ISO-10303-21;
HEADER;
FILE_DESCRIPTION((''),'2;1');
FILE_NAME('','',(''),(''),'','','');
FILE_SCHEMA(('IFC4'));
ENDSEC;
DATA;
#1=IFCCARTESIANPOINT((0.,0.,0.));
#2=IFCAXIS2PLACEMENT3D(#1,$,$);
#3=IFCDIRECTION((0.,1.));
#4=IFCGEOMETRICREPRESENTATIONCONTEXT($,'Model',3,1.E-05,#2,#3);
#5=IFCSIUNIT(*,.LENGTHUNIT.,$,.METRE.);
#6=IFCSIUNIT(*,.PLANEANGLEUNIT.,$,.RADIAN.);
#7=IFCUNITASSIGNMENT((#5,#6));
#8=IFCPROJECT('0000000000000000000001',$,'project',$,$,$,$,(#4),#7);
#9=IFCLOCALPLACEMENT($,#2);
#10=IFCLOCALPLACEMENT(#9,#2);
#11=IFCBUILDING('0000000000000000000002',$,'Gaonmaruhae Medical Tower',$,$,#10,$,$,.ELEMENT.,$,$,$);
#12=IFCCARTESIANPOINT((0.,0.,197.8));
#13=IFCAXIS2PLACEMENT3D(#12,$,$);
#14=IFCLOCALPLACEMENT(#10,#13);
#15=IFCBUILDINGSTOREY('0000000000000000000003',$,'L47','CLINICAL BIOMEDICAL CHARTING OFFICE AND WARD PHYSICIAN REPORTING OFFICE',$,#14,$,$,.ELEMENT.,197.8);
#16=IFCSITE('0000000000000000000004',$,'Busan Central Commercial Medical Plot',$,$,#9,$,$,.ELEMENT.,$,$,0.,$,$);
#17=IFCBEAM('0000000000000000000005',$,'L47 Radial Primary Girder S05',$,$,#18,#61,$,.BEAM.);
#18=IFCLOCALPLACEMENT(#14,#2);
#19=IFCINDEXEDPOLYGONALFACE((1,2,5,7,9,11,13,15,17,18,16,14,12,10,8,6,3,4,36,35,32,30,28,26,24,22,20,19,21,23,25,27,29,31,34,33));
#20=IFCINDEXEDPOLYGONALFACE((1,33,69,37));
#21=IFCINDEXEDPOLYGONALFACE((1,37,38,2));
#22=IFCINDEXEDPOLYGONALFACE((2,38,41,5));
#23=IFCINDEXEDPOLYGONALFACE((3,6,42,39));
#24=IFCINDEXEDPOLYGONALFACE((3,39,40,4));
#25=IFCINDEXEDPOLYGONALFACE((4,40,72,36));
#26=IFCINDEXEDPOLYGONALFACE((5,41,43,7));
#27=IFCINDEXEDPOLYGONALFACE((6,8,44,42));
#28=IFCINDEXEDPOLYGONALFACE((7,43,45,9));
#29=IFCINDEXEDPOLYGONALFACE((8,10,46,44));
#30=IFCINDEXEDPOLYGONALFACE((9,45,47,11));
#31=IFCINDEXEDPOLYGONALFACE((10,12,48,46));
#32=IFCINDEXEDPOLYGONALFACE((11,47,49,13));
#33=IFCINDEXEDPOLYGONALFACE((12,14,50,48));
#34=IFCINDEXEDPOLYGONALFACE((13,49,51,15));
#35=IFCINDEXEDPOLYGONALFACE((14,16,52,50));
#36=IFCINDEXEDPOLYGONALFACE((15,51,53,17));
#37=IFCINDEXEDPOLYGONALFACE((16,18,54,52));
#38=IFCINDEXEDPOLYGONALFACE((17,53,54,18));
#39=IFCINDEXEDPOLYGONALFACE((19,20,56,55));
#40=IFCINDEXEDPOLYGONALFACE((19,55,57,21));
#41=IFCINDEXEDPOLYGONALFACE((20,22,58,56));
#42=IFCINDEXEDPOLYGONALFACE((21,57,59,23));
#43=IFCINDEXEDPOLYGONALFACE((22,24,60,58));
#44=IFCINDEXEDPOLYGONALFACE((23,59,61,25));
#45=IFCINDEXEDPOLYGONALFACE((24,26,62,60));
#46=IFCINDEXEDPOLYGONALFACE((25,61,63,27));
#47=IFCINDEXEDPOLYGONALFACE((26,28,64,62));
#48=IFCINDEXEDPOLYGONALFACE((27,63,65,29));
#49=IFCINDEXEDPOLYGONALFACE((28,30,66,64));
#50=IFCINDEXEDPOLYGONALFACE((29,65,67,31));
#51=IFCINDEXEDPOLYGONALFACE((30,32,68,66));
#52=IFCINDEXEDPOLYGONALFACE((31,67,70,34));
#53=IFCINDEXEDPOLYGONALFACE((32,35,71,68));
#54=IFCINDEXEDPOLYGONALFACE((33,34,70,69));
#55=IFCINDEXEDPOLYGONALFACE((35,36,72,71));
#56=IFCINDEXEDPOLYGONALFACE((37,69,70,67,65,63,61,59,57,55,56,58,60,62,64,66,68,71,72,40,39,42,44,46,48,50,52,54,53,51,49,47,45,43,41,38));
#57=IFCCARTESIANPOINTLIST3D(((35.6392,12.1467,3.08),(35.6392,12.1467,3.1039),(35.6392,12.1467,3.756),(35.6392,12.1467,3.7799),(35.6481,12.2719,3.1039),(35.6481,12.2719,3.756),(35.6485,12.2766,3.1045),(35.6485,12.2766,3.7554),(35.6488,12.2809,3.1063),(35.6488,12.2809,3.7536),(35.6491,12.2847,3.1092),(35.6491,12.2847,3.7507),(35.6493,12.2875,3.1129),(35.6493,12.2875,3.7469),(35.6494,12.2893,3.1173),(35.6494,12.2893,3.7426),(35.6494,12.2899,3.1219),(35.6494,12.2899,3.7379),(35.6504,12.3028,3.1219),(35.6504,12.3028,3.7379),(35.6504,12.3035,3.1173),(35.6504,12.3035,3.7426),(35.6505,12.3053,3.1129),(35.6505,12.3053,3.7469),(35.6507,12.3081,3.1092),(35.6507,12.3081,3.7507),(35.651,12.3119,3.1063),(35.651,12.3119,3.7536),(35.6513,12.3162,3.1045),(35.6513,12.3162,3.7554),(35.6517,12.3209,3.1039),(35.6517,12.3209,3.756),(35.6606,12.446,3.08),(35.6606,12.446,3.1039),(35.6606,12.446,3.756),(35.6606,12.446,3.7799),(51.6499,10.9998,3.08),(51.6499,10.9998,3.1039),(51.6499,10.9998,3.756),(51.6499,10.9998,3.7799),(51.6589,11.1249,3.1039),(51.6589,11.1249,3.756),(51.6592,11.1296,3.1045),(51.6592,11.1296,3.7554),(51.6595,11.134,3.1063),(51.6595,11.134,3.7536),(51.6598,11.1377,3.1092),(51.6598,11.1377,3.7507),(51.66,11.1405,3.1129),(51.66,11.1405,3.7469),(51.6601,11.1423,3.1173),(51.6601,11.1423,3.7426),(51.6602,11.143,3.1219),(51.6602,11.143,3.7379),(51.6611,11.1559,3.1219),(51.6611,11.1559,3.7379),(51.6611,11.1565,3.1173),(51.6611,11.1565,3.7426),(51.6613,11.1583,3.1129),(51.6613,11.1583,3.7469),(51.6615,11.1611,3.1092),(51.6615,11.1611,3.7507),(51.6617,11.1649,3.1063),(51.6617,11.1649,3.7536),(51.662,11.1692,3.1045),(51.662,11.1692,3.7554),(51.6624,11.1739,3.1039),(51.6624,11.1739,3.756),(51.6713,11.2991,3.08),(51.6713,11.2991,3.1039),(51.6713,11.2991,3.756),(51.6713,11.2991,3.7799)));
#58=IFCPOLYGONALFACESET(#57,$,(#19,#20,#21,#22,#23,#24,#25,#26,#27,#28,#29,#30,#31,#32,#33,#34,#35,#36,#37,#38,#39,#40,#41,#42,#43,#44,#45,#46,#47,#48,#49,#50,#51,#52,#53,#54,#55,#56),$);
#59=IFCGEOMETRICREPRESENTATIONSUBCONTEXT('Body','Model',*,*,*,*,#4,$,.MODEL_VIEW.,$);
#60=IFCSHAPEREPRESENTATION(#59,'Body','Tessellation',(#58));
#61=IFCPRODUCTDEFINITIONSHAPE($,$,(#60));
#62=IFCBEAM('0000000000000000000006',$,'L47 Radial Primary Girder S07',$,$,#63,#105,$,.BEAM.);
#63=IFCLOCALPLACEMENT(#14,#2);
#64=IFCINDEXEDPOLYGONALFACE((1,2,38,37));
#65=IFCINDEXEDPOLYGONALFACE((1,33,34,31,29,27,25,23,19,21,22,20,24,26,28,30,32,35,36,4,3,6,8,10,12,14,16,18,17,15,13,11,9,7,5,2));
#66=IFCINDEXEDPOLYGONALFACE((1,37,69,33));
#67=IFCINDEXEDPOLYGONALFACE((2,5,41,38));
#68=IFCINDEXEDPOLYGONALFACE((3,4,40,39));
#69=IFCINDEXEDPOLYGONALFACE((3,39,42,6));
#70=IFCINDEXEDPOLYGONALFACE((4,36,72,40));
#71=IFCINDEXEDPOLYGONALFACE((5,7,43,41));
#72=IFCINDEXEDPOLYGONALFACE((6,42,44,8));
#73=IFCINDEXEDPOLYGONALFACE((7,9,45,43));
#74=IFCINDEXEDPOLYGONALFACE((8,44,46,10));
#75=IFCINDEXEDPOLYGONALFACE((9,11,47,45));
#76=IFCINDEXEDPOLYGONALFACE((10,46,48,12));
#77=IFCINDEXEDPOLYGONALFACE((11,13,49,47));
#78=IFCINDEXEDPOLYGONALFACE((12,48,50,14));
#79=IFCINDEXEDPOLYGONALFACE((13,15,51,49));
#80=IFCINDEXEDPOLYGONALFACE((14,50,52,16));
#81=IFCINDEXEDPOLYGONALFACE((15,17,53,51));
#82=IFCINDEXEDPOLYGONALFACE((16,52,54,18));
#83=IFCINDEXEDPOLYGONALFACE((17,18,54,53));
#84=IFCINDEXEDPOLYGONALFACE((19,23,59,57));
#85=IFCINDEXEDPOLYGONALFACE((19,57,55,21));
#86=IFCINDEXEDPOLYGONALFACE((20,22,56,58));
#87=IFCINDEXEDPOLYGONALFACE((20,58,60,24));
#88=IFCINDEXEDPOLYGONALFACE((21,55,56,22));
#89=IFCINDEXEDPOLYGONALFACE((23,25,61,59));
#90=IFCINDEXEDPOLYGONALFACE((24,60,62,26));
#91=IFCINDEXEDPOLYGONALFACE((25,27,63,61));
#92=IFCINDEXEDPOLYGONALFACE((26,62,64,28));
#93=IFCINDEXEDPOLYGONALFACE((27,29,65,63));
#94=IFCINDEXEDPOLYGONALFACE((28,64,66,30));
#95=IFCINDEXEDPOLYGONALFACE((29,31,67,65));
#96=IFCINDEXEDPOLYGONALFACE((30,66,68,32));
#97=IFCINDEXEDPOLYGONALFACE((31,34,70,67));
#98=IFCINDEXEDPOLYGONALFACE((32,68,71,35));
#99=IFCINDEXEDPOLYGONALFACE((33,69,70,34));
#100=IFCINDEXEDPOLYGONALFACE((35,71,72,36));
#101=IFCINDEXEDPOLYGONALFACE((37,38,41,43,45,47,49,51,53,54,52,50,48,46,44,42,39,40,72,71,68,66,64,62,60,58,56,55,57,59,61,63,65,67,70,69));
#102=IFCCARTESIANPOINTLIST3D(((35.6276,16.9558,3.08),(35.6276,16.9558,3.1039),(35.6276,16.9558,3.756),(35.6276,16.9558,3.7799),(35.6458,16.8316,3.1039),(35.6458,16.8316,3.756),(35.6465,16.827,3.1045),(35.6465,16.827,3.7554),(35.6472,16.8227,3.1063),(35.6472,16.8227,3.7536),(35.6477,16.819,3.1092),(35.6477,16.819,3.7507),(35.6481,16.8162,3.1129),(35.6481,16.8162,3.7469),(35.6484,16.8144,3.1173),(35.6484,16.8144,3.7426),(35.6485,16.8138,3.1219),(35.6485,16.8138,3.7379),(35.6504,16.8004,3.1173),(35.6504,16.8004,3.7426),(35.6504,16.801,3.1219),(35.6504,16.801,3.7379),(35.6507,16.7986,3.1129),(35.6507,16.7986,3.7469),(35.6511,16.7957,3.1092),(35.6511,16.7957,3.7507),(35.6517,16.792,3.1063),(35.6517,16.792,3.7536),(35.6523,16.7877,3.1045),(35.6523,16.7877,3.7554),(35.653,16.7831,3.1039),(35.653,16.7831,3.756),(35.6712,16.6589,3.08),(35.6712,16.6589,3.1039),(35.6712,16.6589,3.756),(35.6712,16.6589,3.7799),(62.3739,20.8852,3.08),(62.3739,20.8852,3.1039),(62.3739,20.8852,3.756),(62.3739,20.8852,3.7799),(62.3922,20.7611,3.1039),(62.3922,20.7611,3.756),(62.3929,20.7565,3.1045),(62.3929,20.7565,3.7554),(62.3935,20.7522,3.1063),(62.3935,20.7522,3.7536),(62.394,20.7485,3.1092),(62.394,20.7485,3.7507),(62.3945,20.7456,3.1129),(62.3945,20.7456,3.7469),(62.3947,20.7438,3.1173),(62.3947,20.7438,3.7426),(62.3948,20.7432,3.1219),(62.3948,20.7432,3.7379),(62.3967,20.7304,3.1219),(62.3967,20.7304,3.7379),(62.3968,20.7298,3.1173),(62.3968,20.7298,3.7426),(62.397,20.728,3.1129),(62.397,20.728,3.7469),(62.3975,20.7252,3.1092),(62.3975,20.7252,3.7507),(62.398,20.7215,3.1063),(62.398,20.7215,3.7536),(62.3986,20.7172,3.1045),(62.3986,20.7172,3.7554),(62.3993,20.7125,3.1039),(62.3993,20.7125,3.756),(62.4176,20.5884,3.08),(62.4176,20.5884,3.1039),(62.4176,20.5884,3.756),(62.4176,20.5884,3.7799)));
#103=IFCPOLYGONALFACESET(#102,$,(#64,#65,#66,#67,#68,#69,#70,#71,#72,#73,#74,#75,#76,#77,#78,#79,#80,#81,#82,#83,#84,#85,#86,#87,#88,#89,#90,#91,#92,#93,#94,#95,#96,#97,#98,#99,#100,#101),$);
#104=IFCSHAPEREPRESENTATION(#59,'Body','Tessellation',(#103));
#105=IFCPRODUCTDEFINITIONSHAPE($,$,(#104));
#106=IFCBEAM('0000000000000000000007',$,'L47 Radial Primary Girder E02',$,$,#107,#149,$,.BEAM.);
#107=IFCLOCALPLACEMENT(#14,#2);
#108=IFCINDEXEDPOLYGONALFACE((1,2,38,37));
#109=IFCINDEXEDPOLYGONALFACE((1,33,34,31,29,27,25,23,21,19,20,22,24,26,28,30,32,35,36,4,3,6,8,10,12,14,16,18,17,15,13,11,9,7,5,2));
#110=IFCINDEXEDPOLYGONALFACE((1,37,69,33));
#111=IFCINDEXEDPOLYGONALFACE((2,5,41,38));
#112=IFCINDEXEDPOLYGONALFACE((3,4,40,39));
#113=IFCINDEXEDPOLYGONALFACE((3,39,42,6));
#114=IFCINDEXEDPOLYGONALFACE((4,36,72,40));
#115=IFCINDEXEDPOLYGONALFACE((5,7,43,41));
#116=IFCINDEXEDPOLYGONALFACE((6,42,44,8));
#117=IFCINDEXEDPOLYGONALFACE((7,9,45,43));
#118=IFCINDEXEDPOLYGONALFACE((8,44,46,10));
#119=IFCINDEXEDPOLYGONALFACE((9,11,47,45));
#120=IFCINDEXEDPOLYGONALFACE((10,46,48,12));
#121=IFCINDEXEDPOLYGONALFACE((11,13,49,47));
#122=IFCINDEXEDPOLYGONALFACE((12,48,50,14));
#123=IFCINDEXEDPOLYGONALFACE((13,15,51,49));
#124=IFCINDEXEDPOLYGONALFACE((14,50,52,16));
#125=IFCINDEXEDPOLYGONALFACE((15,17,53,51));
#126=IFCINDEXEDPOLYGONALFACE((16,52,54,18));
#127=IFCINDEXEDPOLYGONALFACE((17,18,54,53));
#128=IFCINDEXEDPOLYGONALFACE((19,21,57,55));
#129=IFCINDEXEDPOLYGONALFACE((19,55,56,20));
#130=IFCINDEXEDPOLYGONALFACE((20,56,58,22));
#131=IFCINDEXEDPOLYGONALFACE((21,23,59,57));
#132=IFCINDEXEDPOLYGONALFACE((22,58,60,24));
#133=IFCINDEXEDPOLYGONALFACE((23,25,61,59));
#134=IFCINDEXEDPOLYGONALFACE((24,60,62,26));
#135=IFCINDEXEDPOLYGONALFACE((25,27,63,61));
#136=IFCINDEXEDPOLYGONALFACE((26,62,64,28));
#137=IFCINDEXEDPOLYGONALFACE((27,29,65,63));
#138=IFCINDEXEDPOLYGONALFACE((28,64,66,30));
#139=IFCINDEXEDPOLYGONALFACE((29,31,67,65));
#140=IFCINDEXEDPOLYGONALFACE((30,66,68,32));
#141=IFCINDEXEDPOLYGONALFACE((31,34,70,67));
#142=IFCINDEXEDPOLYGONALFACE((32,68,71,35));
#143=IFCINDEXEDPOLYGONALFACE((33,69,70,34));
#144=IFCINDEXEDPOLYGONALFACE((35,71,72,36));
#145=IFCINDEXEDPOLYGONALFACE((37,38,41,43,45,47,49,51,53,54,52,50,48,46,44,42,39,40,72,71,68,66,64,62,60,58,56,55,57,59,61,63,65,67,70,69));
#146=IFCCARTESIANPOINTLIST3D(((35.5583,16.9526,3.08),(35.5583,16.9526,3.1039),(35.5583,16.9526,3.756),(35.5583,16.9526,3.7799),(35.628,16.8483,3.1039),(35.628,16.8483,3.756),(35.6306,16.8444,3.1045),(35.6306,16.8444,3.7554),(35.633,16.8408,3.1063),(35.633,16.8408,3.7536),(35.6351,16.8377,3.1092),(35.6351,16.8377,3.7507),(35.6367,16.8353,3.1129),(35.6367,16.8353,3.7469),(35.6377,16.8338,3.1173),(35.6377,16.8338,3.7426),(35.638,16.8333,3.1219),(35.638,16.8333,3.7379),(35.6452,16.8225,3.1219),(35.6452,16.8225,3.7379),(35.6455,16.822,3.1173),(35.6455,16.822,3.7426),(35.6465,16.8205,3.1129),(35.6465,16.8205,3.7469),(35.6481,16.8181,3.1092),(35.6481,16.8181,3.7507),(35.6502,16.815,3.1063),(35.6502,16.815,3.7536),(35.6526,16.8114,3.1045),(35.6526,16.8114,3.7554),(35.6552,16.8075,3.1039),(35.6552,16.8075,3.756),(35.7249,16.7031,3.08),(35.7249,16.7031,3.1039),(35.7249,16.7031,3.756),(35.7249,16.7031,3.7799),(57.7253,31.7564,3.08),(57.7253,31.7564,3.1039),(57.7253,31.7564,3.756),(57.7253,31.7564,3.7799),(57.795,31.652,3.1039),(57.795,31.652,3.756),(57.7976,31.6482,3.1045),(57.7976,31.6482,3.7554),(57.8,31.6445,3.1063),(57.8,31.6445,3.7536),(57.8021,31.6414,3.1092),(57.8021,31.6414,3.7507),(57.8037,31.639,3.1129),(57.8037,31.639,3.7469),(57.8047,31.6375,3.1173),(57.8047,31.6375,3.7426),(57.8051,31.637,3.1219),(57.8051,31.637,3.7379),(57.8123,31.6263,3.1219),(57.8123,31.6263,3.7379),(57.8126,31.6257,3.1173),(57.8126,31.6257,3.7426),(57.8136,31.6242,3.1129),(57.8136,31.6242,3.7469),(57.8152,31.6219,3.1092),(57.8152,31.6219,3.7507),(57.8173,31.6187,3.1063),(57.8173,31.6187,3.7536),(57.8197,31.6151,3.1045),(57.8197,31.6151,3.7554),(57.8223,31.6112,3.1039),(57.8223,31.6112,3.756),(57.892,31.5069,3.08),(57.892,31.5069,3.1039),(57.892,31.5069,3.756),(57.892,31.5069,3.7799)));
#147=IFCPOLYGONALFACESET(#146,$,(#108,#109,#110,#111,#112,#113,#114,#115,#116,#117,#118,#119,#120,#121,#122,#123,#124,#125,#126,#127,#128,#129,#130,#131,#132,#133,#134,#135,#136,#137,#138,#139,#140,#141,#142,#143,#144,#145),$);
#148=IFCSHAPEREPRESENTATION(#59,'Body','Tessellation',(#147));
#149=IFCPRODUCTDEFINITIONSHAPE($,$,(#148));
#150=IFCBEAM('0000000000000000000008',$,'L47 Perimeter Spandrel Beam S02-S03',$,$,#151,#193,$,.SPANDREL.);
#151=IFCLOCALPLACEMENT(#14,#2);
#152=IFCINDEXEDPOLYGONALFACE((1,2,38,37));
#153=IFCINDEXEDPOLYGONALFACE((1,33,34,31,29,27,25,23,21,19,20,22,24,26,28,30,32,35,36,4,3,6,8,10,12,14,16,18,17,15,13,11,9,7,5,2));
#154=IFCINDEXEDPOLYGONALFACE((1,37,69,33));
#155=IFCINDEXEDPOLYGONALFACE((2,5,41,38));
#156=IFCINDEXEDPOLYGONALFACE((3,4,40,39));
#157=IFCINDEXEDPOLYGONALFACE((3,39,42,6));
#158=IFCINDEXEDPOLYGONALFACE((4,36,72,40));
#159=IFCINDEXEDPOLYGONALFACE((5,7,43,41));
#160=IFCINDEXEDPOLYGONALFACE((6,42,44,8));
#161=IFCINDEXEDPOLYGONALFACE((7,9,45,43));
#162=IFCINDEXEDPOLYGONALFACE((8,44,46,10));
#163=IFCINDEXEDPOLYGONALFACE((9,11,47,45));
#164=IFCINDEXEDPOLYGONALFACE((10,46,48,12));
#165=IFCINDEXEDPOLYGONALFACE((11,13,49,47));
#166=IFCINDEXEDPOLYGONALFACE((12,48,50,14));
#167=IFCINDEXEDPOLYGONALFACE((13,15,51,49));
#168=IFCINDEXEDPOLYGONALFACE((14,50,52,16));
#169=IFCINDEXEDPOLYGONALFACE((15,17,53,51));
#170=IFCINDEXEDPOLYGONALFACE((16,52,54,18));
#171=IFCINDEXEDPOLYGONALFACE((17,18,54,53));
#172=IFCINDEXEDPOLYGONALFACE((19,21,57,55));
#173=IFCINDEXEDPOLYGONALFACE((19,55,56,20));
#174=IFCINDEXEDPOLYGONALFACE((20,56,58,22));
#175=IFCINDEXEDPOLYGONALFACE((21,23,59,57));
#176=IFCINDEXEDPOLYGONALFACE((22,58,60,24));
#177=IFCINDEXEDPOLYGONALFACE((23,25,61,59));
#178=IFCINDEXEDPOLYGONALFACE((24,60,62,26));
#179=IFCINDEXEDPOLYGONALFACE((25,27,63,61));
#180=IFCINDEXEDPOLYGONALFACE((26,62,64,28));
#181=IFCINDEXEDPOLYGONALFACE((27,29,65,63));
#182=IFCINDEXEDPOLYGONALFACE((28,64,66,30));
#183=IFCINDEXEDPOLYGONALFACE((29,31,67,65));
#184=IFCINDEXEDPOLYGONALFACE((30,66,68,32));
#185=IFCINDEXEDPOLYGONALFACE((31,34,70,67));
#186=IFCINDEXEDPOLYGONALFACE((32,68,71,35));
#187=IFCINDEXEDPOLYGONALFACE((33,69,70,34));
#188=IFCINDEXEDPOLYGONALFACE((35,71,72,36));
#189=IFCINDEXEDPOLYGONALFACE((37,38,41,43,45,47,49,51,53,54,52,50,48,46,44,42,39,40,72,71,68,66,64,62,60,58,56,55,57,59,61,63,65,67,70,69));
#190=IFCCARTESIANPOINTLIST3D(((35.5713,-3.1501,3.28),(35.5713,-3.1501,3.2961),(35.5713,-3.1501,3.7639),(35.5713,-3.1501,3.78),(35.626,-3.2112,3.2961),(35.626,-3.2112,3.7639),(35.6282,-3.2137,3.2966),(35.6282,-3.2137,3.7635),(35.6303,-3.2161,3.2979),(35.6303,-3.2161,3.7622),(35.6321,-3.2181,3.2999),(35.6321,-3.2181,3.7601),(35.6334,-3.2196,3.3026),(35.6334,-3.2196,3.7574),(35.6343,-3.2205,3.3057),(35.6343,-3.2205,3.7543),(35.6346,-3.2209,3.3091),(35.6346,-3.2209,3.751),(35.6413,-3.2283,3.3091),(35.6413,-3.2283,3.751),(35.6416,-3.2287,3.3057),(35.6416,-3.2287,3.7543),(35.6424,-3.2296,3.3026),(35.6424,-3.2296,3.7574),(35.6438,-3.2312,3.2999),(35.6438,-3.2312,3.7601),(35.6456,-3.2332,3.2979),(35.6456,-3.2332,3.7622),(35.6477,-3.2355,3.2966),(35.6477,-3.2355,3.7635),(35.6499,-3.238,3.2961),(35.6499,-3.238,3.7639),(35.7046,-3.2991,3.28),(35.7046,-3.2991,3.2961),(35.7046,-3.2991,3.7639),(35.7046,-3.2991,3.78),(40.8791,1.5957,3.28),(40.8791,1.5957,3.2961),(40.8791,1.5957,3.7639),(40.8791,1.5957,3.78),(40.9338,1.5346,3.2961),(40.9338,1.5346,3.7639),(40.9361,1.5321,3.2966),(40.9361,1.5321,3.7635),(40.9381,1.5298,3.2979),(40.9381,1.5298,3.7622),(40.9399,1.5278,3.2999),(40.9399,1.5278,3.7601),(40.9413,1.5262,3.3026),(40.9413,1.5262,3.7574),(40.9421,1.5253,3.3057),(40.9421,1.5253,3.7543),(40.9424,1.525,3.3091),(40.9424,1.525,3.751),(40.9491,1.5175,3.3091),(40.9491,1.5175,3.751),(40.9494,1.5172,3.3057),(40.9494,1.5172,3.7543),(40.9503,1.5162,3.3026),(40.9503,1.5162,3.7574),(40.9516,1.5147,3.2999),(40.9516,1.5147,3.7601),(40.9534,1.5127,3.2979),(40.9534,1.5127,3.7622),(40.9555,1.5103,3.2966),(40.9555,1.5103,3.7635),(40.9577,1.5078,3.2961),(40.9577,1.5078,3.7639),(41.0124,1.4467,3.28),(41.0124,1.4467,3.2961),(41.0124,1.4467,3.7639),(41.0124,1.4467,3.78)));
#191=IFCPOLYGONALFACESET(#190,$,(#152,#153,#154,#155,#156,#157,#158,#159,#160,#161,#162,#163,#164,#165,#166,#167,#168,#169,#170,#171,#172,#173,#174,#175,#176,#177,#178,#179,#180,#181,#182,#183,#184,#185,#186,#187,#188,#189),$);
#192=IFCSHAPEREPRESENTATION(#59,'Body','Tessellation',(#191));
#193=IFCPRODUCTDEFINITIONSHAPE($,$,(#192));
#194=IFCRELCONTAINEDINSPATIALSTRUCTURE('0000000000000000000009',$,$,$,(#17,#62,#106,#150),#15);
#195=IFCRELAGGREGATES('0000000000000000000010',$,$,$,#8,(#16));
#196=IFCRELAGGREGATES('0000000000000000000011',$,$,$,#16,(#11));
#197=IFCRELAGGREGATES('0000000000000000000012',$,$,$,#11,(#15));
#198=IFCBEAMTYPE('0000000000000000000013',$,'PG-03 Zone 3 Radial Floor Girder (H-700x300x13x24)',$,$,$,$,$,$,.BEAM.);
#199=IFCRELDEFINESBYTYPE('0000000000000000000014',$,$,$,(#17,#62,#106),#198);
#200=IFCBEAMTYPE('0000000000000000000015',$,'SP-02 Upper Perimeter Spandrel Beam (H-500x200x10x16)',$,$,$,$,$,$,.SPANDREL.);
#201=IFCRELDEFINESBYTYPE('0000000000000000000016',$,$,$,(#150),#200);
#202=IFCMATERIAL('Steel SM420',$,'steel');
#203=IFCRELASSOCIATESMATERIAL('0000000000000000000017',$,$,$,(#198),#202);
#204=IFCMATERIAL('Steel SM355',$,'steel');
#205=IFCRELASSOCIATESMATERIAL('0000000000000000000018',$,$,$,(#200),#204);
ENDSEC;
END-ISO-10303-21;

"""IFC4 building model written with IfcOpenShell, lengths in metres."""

from ifc_helpers import new_model, si_unit, direction, frame, origin, origin_2d, place, context, subcontext, project, spatial, i_section, extrude, material, material_profile, profile_set, type_object, element, save


model = new_model("IFC4")

# Units and contexts
model_context = context("Model", 3, precision=1e-05, world=origin(), true_north=direction((0.0, 1.0)))
body_context = subcontext(model_context, "Body", "Model", "MODEL_VIEW")
ifc_project = project(units=[si_unit("LENGTHUNIT", "METRE"), si_unit("PLANEANGLEUNIT", "RADIAN")], contexts=[model_context])

# Site, building, storey
site_placement = place(None, origin())
site = spatial("IfcSite", under=ifc_project, at=site_placement, Name="Busan Central Commercial Medical Plot", CompositionType="ELEMENT", RefElevation=0.0)
building_placement = place(site_placement, origin())
building = spatial("IfcBuilding", under=site, at=building_placement, Name="Gaonmaruhae Medical Tower", CompositionType="ELEMENT")
storey_placement = place(building_placement, frame((0.0, 0.0, 197.8)))
storey = spatial("IfcBuildingStorey", under=building, at=storey_placement, Name="L47", Description="CLINICAL BIOMEDICAL CHARTING OFFICE AND WARD PHYSICIAN REPORTING OFFICE", CompositionType="ELEMENT", Elevation=197.8)

# Beams
ifc_material_1 = material(Name="Steel SM355", Category="steel")
ifc_material_2 = material(Name="Steel SM420", Category="steel")
ifc_material_profile_1 = material_profile(ifc_material_2, i_section(OverallWidth=0.3, OverallDepth=0.7, WebThickness=0.0129, FlangeThickness=0.0239, FilletRadius=0.0181, at=origin_2d()), Name="H-700x300x13x24")
ifc_profile_set_1 = profile_set([ifc_material_profile_1], Name="Steel SM420")
beam_type_1 = type_object("IfcBeamType", Name="PG-03 Zone 3 Radial Floor Girder (H-700x300x13x24)", PredefinedType="BEAM", material=ifc_profile_set_1)
beam_1_placement = place(storey_placement, frame((35.6499, 12.2964, 3.4299), z_axis=(0.997444, -0.071455, 0.0), x_axis=(0.071455, 0.997444, 0.0)))
element("IfcBeam", 1, at=beam_1_placement, inside=storey, type_object=beam_type_1, Name="L47 Radial Primary Girder S05", PredefinedType="BEAM", context=body_context, shape_type="SweptSolid", body=[
    extrude(i_section(OverallWidth=0.3, OverallDepth=0.7, WebThickness=0.0129, FlangeThickness=0.0239, FilletRadius=0.0181, at=origin_2d()), origin(), (0.0, 0.0, 1.0), 16.0518),
])
beam_2_placement = place(storey_placement, frame((35.6494, 16.8074, 3.4299), z_axis=(0.98938, 0.145355, 0.0), x_axis=(-0.145355, 0.98938, 0.0)))
element("IfcBeam", 2, at=beam_2_placement, inside=storey, type_object=beam_type_1, Name="L47 Radial Primary Girder S07", PredefinedType="BEAM", context=body_context, shape_type="SweptSolid", body=[
    extrude(i_section(OverallWidth=0.3, OverallDepth=0.7, WebThickness=0.0129, FlangeThickness=0.0239, FilletRadius=0.0181, at=origin_2d()), origin(), (0.0, 0.0, 1.0), 27.0334),
])
beam_3_placement = place(storey_placement, frame((35.6416, 16.8279, 3.4299), z_axis=(0.831605, 0.555368, 0.0), x_axis=(-0.555368, 0.831605, 0.0)))
element("IfcBeam", 3, at=beam_3_placement, inside=storey, type_object=beam_type_1, Name="L47 Radial Primary Girder E02", PredefinedType="BEAM", context=body_context, shape_type="SweptSolid", body=[
    extrude(i_section(OverallWidth=0.3, OverallDepth=0.7, WebThickness=0.0129, FlangeThickness=0.0239, FilletRadius=0.0181, at=origin_2d()), origin(), (0.0, 0.0, 1.0), 26.6558),
])
ifc_material_profile_2 = material_profile(ifc_material_1, i_section(OverallWidth=0.2, OverallDepth=0.5, WebThickness=0.01, FlangeThickness=0.0161, FilletRadius=0.0129, at=origin_2d()), Name="H-500x200x10x16")
ifc_profile_set_2 = profile_set([ifc_material_profile_2], Name="Steel SM355")
beam_type_2 = type_object("IfcBeamType", Name="SP-02 Upper Perimeter Spandrel Beam (H-500x200x10x16)", PredefinedType="SPANDREL", material=ifc_profile_set_2)
for number, where, z_axis, x_axis, name in (
    (4, (35.6379, -3.2246, 3.53), (0.745471, 0.666538, 0.0), (-0.666538, 0.745471, 0.0), "L47 Perimeter Spandrel Beam S02-S03"),
):
    element("IfcBeam", number, at=place(storey_placement, frame(where, z_axis=z_axis, x_axis=x_axis)), inside=storey, type_object=beam_type_2, Name=name, PredefinedType="SPANDREL", context=body_context, shape_type="SweptSolid", body=[
        extrude(i_section(OverallWidth=0.2, OverallDepth=0.5, WebThickness=0.01, FlangeThickness=0.0161, FilletRadius=0.0129, at=origin_2d()), origin(), (0.0, 0.0, 1.0), 7.1201),
    ])

save(model, "model.ifc")
